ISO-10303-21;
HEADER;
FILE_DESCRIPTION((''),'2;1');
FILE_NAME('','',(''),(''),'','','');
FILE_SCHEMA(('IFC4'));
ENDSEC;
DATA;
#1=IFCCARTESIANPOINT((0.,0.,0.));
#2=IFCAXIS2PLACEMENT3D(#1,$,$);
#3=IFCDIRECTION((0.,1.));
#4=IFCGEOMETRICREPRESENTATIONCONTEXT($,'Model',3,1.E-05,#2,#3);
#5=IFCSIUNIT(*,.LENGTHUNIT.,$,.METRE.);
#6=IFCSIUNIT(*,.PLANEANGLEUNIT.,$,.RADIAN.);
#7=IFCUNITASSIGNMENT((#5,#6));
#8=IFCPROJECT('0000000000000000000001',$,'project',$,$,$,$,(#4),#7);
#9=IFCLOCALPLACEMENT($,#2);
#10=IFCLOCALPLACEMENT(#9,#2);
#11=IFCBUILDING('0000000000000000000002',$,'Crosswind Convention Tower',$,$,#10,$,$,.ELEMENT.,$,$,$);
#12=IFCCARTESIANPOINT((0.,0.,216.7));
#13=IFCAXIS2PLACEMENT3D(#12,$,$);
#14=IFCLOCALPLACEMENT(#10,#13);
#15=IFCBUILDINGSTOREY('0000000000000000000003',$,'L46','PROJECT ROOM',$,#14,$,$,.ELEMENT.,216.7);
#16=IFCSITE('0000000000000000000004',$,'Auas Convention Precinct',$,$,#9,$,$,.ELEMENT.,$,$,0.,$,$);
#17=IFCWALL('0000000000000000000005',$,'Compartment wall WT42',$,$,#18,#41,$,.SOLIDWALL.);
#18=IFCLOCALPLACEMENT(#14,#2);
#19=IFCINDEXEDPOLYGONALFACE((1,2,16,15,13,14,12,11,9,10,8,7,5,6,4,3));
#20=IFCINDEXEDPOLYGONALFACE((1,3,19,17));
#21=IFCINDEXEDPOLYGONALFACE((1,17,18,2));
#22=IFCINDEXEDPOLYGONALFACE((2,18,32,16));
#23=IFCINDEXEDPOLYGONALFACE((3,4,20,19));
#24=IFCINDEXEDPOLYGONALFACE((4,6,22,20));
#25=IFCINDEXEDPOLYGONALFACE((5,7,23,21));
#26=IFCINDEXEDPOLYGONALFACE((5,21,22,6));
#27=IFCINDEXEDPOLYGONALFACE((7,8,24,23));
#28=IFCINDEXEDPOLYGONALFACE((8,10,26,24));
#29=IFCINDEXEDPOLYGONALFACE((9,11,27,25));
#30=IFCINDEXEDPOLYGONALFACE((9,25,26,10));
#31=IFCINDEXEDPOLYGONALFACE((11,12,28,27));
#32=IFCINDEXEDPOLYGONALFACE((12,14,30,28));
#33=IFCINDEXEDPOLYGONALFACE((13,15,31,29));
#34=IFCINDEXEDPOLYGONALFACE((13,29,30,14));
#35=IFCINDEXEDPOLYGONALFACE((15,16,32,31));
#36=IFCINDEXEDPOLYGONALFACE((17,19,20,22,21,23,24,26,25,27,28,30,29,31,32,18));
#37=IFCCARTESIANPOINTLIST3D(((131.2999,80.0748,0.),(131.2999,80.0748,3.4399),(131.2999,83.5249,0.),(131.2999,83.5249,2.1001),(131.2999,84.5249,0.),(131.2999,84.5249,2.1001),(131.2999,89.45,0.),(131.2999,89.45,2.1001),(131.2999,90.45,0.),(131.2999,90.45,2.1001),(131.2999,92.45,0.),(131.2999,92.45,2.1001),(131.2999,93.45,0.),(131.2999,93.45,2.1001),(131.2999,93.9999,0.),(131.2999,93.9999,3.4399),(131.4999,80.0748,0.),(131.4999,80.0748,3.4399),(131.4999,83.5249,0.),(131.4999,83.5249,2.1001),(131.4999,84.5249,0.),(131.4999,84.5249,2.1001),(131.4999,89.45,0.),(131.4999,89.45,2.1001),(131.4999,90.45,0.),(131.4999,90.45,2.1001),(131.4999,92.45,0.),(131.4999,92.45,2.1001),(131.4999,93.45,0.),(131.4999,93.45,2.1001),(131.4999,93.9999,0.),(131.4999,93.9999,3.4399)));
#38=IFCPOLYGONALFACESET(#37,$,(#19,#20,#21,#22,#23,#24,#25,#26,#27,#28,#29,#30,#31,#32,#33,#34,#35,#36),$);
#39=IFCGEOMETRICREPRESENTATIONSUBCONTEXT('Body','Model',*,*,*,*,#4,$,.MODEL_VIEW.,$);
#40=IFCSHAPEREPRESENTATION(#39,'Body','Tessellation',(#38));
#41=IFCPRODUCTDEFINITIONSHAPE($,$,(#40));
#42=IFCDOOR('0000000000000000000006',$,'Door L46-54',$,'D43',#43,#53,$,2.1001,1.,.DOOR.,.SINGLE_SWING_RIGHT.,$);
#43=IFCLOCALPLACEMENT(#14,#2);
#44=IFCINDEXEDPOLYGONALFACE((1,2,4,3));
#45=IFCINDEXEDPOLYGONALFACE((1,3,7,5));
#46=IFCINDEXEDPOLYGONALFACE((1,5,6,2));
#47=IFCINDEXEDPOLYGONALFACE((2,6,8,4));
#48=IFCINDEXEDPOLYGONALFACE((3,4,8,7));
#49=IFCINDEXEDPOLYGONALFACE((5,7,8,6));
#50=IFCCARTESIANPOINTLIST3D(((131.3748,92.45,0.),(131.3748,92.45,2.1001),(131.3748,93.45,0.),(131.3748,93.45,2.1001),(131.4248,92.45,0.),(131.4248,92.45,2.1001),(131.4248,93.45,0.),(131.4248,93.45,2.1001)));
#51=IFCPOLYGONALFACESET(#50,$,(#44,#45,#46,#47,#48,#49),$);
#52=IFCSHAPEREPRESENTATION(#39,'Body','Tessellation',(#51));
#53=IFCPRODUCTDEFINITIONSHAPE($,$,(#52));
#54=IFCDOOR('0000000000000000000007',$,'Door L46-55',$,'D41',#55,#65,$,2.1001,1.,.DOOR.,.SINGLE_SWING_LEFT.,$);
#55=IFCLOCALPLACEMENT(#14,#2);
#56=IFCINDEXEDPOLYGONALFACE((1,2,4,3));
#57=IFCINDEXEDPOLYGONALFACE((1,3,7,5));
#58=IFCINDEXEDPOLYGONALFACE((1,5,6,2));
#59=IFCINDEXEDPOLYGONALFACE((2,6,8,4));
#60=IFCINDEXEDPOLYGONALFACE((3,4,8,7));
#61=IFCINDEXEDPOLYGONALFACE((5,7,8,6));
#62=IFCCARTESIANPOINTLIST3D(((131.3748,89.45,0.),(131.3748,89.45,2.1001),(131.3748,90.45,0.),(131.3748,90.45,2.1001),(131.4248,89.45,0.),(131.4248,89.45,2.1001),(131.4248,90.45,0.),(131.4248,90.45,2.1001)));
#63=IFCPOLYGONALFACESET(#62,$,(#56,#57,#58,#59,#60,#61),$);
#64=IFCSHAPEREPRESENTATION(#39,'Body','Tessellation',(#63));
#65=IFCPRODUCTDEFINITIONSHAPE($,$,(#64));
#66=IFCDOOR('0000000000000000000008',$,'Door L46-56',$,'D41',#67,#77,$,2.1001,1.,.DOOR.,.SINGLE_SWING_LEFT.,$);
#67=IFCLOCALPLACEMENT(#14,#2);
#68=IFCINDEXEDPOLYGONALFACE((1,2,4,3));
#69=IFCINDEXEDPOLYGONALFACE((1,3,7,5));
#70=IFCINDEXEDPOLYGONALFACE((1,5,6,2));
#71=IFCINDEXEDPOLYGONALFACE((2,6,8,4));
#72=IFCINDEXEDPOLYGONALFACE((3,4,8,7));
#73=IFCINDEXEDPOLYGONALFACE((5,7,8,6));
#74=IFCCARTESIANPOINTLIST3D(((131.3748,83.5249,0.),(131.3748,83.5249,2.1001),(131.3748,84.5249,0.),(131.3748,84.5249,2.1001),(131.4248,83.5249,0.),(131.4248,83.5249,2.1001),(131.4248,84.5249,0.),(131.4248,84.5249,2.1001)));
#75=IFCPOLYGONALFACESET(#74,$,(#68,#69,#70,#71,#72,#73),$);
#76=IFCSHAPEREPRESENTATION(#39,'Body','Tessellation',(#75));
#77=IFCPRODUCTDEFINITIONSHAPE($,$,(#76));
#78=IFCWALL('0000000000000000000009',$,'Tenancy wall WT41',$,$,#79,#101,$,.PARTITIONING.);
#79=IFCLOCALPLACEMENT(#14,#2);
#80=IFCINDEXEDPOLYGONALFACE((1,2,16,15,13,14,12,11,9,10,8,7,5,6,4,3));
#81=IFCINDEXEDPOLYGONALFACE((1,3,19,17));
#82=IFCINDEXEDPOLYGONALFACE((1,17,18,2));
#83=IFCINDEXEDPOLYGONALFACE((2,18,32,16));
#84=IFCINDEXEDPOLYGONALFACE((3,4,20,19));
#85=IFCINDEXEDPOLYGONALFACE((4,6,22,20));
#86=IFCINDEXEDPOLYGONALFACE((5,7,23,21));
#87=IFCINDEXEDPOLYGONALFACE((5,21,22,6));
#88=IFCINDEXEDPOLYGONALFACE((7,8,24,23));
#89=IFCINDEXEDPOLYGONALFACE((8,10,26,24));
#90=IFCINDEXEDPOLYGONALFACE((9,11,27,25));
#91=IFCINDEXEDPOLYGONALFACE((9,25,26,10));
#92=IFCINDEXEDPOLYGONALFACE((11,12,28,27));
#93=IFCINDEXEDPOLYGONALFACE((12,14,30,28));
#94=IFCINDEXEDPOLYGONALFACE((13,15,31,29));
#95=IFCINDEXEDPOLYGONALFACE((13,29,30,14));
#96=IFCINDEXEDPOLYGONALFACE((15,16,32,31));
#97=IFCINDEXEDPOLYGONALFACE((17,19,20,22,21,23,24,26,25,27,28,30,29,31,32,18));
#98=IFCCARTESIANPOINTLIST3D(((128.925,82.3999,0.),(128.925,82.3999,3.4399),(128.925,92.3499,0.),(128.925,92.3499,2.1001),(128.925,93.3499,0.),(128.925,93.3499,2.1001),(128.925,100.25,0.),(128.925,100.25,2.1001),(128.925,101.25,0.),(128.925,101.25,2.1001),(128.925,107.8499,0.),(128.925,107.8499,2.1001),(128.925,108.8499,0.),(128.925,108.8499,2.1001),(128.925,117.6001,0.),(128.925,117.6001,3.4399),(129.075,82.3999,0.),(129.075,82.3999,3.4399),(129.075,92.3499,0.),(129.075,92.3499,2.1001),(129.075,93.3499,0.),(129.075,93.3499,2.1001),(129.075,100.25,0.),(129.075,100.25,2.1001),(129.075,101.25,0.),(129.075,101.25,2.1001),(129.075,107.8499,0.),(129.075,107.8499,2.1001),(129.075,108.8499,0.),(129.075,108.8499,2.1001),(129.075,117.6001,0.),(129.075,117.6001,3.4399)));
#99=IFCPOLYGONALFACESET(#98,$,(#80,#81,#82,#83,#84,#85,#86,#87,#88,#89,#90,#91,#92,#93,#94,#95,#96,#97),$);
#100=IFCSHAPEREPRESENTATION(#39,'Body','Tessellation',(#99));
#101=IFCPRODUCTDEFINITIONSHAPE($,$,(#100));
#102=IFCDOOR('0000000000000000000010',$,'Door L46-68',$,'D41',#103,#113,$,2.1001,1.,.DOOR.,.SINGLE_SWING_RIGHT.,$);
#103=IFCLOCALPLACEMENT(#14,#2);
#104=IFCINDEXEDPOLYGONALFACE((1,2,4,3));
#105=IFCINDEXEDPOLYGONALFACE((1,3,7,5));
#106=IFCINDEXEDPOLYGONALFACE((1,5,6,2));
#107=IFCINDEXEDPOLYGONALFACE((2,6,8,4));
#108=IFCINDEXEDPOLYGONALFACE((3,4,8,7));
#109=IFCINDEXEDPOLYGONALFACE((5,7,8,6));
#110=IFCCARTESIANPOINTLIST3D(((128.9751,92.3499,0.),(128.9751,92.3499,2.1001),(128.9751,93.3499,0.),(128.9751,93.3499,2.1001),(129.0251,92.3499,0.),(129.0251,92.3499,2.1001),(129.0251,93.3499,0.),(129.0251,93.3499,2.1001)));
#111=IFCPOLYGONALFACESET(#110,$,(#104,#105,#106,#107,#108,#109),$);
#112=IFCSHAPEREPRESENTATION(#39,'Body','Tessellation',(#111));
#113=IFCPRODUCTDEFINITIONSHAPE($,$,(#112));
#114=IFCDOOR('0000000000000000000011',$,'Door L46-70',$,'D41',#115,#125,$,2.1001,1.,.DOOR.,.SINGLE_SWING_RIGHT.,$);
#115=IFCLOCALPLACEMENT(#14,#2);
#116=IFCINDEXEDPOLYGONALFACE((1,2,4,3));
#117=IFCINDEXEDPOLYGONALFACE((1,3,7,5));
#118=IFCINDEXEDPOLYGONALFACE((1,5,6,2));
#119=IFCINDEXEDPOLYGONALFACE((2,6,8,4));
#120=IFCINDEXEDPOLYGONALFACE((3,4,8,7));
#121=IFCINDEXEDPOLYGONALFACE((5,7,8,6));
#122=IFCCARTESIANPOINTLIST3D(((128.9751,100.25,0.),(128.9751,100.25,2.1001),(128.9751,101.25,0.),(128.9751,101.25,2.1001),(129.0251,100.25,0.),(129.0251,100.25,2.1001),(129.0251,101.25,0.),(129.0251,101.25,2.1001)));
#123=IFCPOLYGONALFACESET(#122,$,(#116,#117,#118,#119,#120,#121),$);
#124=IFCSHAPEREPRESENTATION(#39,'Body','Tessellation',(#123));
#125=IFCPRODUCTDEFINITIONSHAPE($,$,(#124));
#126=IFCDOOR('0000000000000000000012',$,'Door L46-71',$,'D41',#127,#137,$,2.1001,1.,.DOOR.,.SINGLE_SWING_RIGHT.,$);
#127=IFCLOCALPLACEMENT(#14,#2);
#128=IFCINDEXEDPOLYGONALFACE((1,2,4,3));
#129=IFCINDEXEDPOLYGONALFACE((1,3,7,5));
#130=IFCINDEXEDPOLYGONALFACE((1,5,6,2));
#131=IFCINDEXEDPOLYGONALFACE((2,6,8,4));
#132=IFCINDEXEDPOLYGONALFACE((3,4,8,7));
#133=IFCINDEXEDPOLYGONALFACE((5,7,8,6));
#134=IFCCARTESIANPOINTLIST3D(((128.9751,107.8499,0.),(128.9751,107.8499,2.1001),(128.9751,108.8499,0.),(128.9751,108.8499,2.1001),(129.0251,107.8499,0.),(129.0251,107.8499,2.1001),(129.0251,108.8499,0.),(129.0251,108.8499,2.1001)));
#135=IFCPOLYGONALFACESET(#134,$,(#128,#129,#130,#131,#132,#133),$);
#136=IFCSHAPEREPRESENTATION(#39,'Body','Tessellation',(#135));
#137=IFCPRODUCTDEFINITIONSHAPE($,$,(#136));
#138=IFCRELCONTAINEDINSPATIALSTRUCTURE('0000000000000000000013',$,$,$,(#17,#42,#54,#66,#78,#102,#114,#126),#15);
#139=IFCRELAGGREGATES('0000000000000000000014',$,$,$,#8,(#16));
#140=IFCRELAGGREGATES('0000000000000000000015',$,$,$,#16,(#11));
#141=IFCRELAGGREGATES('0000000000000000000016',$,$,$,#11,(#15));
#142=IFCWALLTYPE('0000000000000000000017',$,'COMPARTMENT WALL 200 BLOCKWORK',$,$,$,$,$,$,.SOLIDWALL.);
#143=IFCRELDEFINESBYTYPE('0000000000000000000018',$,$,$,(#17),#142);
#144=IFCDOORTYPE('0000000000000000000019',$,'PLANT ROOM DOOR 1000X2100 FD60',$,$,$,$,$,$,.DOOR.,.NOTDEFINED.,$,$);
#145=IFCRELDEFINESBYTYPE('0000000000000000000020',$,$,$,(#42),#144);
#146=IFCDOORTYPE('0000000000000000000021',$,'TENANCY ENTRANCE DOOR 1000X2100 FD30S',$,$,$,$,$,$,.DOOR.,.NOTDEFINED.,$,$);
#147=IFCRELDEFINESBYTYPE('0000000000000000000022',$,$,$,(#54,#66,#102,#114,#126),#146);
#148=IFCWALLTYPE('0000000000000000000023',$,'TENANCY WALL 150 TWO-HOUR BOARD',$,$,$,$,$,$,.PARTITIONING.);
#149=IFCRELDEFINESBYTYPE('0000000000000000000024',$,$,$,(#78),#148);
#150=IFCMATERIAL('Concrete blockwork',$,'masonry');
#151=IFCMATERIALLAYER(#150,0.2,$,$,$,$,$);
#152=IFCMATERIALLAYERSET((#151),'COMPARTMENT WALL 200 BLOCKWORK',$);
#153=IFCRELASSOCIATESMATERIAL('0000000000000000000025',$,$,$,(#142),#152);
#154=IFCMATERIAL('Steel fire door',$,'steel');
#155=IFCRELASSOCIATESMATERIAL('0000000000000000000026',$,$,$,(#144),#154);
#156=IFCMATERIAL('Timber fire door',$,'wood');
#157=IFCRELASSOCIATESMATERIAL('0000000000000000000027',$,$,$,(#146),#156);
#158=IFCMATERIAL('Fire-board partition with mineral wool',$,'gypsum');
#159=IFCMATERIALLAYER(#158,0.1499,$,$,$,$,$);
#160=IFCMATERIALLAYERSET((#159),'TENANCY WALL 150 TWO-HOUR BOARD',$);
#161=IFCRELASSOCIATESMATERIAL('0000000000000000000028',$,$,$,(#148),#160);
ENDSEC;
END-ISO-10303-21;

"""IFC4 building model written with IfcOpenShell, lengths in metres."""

from ifc_helpers import new_model, si_unit, direction, frame, frame_2d, origin, place, context, subcontext, project, spatial, rectangle, extrude, material, layer, layer_set, type_object, element, fill, save


model = new_model("IFC4")

# Units and contexts
model_context = context("Model", 3, precision=1e-05, world=origin(), true_north=direction((0.0, 1.0)))
body_context = subcontext(model_context, "Body", "Model", "MODEL_VIEW")
ifc_project = project(units=[si_unit("LENGTHUNIT", "METRE"), si_unit("PLANEANGLEUNIT", "RADIAN")], contexts=[model_context])

# Site, building, storey
site_placement = place(None, origin())
site = spatial("IfcSite", under=ifc_project, at=site_placement, Name="Auas Convention Precinct", CompositionType="ELEMENT", RefElevation=0.0)
building_placement = place(site_placement, origin())
building = spatial("IfcBuilding", under=site, at=building_placement, Name="Crosswind Convention Tower", CompositionType="ELEMENT")
storey_placement = place(building_placement, frame((0.0, 0.0, 216.7)))
storey = spatial("IfcBuildingStorey", under=building, at=storey_placement, Name="L46", Description="PROJECT ROOM", CompositionType="ELEMENT", Elevation=216.7)

# Walls, openings, doors
ifc_material_1 = material(Name="Concrete blockwork", Category="masonry")
ifc_layer_1 = layer(ifc_material_1, 0.2)
ifc_layer_set_1 = layer_set([ifc_layer_1], Name="COMPARTMENT WALL 200 BLOCKWORK")
wall_type_1 = type_object("IfcWallType", Name="COMPARTMENT WALL 200 BLOCKWORK", PredefinedType="SOLIDWALL", material=ifc_layer_set_1)
wall_1_placement = place(storey_placement, frame((131.3999, 80.075, 0.0), z_axis=(0.0, 0.0, 1.0), x_axis=(0.0, 1.0, 0.0)))
wall_1 = element("IfcWall", 1, at=wall_1_placement, inside=storey, type_object=wall_type_1, Name="Compartment wall WT42", PredefinedType="SOLIDWALL", context=body_context, shape_type="SweptSolid", body=[
    extrude(rectangle(XDim=13.925, YDim=0.2, at=frame_2d((6.9624, 0.0))), origin(), (0.0, 0.0, 1.0), 3.4399),
])
opening_1_placement = place(wall_1_placement, frame((12.375, 0.0, 0.0)))
opening_1 = element("IfcOpeningElement", 2, at=opening_1_placement, cuts=wall_1, PredefinedType="OPENING", context=body_context, shape_type="SweptSolid", body=[
    extrude(rectangle(XDim=1.0, YDim=2.1001, at=frame_2d((0.5, 1.05))), frame((0.0, 0.1099, 0.0), z_axis=(0.0, -1.0, 0.0), x_axis=(1.0, 0.0, 0.0)), (0.0, 0.0, 1.0), 0.22),
])
opening_2_placement = place(wall_1_placement, frame((9.375, 0.0, 0.0)))
opening_2 = element("IfcOpeningElement", 3, at=opening_2_placement, cuts=wall_1, PredefinedType="OPENING", context=body_context, shape_type="SweptSolid", body=[
    extrude(rectangle(XDim=1.0, YDim=2.1001, at=frame_2d((0.5, 1.05))), frame((0.0, 0.1099, 0.0), z_axis=(0.0, -1.0, 0.0), x_axis=(1.0, 0.0, 0.0)), (0.0, 0.0, 1.0), 0.22),
])
opening_3_placement = place(wall_1_placement, frame((3.45, 0.0, 0.0)))
opening_3 = element("IfcOpeningElement", 4, at=opening_3_placement, cuts=wall_1, PredefinedType="OPENING", context=body_context, shape_type="SweptSolid", body=[
    extrude(rectangle(XDim=1.0, YDim=2.1001, at=frame_2d((0.5, 1.05))), frame((0.0, 0.1099, 0.0), z_axis=(0.0, -1.0, 0.0), x_axis=(1.0, 0.0, 0.0)), (0.0, 0.0, 1.0), 0.22),
])
ifc_material_2 = material(Name="Steel fire door", Category="steel")
door_type_1 = type_object("IfcDoorType", Name="PLANT ROOM DOOR 1000X2100 FD60", OperationType="NOTDEFINED", PredefinedType="DOOR", material=ifc_material_2)
door_1_placement = place(opening_1_placement, frame((1.0, 0.0, 0.0), z_axis=(0.0, 0.0, 1.0), x_axis=(-1.0, 0.0, 0.0)))
door_1 = element("IfcDoor", 5, at=door_1_placement, inside=storey, type_object=door_type_1, Name="Door L46-54", ObjectType="D43", OperationType="SINGLE_SWING_RIGHT", OverallHeight=2.1001, OverallWidth=1.0, PredefinedType="DOOR", context=body_context, shape_type="SweptSolid", body=[
    extrude(rectangle(XDim=1.0, YDim=2.1001, at=frame_2d((0.5, 1.05))), frame((0.0, 0.0249, 0.0), z_axis=(0.0, -1.0, 0.0), x_axis=(1.0, 0.0, 0.0)), (0.0, 0.0, 1.0), 0.05),
])
fill(opening_1, door_1)
ifc_material_3 = material(Name="Timber fire door", Category="wood")
door_type_2 = type_object("IfcDoorType", Name="TENANCY ENTRANCE DOOR 1000X2100 FD30S", OperationType="NOTDEFINED", PredefinedType="DOOR", material=ifc_material_3)
door_2_placement = place(opening_2_placement, frame((1.0, 0.0, 0.0), z_axis=(0.0, 0.0, 1.0), x_axis=(-1.0, 0.0, 0.0)))
door_2 = element("IfcDoor", 6, at=door_2_placement, inside=storey, type_object=door_type_2, Name="Door L46-55", ObjectType="D41", OperationType="SINGLE_SWING_LEFT", OverallHeight=2.1001, OverallWidth=1.0, PredefinedType="DOOR", context=body_context, shape_type="SweptSolid", body=[
    extrude(rectangle(XDim=1.0, YDim=2.1001, at=frame_2d((0.5, 1.05))), frame((0.0, 0.0249, 0.0), z_axis=(0.0, -1.0, 0.0), x_axis=(1.0, 0.0, 0.0)), (0.0, 0.0, 1.0), 0.05),
])
fill(opening_2, door_2)
door_3_placement = place(opening_3_placement, frame((1.0, 0.0, 0.0), z_axis=(0.0, 0.0, 1.0), x_axis=(-1.0, 0.0, 0.0)))
door_3 = element("IfcDoor", 7, at=door_3_placement, inside=storey, type_object=door_type_2, Name="Door L46-56", ObjectType="D41", OperationType="SINGLE_SWING_LEFT", OverallHeight=2.1001, OverallWidth=1.0, PredefinedType="DOOR", context=body_context, shape_type="SweptSolid", body=[
    extrude(rectangle(XDim=1.0, YDim=2.1001, at=frame_2d((0.5, 1.05))), frame((0.0, 0.0249, 0.0), z_axis=(0.0, -1.0, 0.0), x_axis=(1.0, 0.0, 0.0)), (0.0, 0.0, 1.0), 0.05),
])
fill(opening_3, door_3)
ifc_material_4 = material(Name="Fire-board partition with mineral wool", Category="gypsum")
ifc_layer_2 = layer(ifc_material_4, 0.1499)
ifc_layer_set_2 = layer_set([ifc_layer_2], Name="TENANCY WALL 150 TWO-HOUR BOARD")
wall_type_2 = type_object("IfcWallType", Name="TENANCY WALL 150 TWO-HOUR BOARD", PredefinedType="PARTITIONING", material=ifc_layer_set_2)
wall_2_placement = place(storey_placement, frame((129.0, 82.3999, 0.0), z_axis=(0.0, 0.0, 1.0), x_axis=(0.0, 1.0, 0.0)))
wall_2 = element("IfcWall", 8, at=wall_2_placement, inside=storey, type_object=wall_type_2, Name="Tenancy wall WT41", PredefinedType="PARTITIONING", context=body_context, shape_type="SweptSolid", body=[
    extrude(rectangle(XDim=35.2002, YDim=0.1499, at=frame_2d((17.6001, 0.0))), origin(), (0.0, 0.0, 1.0), 3.4399),
])
opening_4_placement = place(wall_2_placement, frame((9.95, 0.0, 0.0)))
opening_4 = element("IfcOpeningElement", 9, at=opening_4_placement, cuts=wall_2, PredefinedType="OPENING", context=body_context, shape_type="SweptSolid", body=[
    extrude(rectangle(XDim=1.0, YDim=2.1001, at=frame_2d((0.5, 1.05))), frame((0.0, 0.085, 0.0), z_axis=(0.0, -1.0, 0.0), x_axis=(1.0, 0.0, 0.0)), (0.0, 0.0, 1.0), 0.1699),
])
opening_5_placement = place(wall_2_placement, frame((17.8501, 0.0, 0.0)))
opening_5 = element("IfcOpeningElement", 10, at=opening_5_placement, cuts=wall_2, PredefinedType="OPENING", context=body_context, shape_type="SweptSolid", body=[
    extrude(rectangle(XDim=1.0, YDim=2.1001, at=frame_2d((0.5, 1.05))), frame((0.0, 0.085, 0.0), z_axis=(0.0, -1.0, 0.0), x_axis=(1.0, 0.0, 0.0)), (0.0, 0.0, 1.0), 0.1699),
])
opening_6_placement = place(wall_2_placement, frame((25.45, 0.0, 0.0)))
opening_6 = element("IfcOpeningElement", 11, at=opening_6_placement, cuts=wall_2, PredefinedType="OPENING", context=body_context, shape_type="SweptSolid", body=[
    extrude(rectangle(XDim=1.0, YDim=2.1001, at=frame_2d((0.5, 1.05))), frame((0.0, 0.085, 0.0), z_axis=(0.0, -1.0, 0.0), x_axis=(1.0, 0.0, 0.0)), (0.0, 0.0, 1.0), 0.1699),
])
door_4_placement = place(opening_4_placement, origin())
door_4 = element("IfcDoor", 12, at=door_4_placement, inside=storey, type_object=door_type_2, Name="Door L46-68", ObjectType="D41", OperationType="SINGLE_SWING_RIGHT", OverallHeight=2.1001, OverallWidth=1.0, PredefinedType="DOOR", context=body_context, shape_type="SweptSolid", body=[
    extrude(rectangle(XDim=1.0, YDim=2.1001, at=frame_2d((0.5, 1.05))), frame((0.0, 0.0249, 0.0), z_axis=(0.0, -1.0, 0.0), x_axis=(1.0, 0.0, 0.0)), (0.0, 0.0, 1.0), 0.05),
])
fill(opening_4, door_4)
door_5_placement = place(opening_5_placement, origin())
door_5 = element("IfcDoor", 13, at=door_5_placement, inside=storey, type_object=door_type_2, Name="Door L46-70", ObjectType="D41", OperationType="SINGLE_SWING_RIGHT", OverallHeight=2.1001, OverallWidth=1.0, PredefinedType="DOOR", context=body_context, shape_type="SweptSolid", body=[
    extrude(rectangle(XDim=1.0, YDim=2.1001, at=frame_2d((0.5, 1.05))), frame((0.0, 0.0249, 0.0), z_axis=(0.0, -1.0, 0.0), x_axis=(1.0, 0.0, 0.0)), (0.0, 0.0, 1.0), 0.05),
])
fill(opening_5, door_5)
door_6_placement = place(opening_6_placement, origin())
door_6 = element("IfcDoor", 14, at=door_6_placement, inside=storey, type_object=door_type_2, Name="Door L46-71", ObjectType="D41", OperationType="SINGLE_SWING_RIGHT", OverallHeight=2.1001, OverallWidth=1.0, PredefinedType="DOOR", context=body_context, shape_type="SweptSolid", body=[
    extrude(rectangle(XDim=1.0, YDim=2.1001, at=frame_2d((0.5, 1.05))), frame((0.0, 0.0249, 0.0), z_axis=(0.0, -1.0, 0.0), x_axis=(1.0, 0.0, 0.0)), (0.0, 0.0, 1.0), 0.05),
])
fill(opening_6, door_6)

save(model, "model.ifc")
